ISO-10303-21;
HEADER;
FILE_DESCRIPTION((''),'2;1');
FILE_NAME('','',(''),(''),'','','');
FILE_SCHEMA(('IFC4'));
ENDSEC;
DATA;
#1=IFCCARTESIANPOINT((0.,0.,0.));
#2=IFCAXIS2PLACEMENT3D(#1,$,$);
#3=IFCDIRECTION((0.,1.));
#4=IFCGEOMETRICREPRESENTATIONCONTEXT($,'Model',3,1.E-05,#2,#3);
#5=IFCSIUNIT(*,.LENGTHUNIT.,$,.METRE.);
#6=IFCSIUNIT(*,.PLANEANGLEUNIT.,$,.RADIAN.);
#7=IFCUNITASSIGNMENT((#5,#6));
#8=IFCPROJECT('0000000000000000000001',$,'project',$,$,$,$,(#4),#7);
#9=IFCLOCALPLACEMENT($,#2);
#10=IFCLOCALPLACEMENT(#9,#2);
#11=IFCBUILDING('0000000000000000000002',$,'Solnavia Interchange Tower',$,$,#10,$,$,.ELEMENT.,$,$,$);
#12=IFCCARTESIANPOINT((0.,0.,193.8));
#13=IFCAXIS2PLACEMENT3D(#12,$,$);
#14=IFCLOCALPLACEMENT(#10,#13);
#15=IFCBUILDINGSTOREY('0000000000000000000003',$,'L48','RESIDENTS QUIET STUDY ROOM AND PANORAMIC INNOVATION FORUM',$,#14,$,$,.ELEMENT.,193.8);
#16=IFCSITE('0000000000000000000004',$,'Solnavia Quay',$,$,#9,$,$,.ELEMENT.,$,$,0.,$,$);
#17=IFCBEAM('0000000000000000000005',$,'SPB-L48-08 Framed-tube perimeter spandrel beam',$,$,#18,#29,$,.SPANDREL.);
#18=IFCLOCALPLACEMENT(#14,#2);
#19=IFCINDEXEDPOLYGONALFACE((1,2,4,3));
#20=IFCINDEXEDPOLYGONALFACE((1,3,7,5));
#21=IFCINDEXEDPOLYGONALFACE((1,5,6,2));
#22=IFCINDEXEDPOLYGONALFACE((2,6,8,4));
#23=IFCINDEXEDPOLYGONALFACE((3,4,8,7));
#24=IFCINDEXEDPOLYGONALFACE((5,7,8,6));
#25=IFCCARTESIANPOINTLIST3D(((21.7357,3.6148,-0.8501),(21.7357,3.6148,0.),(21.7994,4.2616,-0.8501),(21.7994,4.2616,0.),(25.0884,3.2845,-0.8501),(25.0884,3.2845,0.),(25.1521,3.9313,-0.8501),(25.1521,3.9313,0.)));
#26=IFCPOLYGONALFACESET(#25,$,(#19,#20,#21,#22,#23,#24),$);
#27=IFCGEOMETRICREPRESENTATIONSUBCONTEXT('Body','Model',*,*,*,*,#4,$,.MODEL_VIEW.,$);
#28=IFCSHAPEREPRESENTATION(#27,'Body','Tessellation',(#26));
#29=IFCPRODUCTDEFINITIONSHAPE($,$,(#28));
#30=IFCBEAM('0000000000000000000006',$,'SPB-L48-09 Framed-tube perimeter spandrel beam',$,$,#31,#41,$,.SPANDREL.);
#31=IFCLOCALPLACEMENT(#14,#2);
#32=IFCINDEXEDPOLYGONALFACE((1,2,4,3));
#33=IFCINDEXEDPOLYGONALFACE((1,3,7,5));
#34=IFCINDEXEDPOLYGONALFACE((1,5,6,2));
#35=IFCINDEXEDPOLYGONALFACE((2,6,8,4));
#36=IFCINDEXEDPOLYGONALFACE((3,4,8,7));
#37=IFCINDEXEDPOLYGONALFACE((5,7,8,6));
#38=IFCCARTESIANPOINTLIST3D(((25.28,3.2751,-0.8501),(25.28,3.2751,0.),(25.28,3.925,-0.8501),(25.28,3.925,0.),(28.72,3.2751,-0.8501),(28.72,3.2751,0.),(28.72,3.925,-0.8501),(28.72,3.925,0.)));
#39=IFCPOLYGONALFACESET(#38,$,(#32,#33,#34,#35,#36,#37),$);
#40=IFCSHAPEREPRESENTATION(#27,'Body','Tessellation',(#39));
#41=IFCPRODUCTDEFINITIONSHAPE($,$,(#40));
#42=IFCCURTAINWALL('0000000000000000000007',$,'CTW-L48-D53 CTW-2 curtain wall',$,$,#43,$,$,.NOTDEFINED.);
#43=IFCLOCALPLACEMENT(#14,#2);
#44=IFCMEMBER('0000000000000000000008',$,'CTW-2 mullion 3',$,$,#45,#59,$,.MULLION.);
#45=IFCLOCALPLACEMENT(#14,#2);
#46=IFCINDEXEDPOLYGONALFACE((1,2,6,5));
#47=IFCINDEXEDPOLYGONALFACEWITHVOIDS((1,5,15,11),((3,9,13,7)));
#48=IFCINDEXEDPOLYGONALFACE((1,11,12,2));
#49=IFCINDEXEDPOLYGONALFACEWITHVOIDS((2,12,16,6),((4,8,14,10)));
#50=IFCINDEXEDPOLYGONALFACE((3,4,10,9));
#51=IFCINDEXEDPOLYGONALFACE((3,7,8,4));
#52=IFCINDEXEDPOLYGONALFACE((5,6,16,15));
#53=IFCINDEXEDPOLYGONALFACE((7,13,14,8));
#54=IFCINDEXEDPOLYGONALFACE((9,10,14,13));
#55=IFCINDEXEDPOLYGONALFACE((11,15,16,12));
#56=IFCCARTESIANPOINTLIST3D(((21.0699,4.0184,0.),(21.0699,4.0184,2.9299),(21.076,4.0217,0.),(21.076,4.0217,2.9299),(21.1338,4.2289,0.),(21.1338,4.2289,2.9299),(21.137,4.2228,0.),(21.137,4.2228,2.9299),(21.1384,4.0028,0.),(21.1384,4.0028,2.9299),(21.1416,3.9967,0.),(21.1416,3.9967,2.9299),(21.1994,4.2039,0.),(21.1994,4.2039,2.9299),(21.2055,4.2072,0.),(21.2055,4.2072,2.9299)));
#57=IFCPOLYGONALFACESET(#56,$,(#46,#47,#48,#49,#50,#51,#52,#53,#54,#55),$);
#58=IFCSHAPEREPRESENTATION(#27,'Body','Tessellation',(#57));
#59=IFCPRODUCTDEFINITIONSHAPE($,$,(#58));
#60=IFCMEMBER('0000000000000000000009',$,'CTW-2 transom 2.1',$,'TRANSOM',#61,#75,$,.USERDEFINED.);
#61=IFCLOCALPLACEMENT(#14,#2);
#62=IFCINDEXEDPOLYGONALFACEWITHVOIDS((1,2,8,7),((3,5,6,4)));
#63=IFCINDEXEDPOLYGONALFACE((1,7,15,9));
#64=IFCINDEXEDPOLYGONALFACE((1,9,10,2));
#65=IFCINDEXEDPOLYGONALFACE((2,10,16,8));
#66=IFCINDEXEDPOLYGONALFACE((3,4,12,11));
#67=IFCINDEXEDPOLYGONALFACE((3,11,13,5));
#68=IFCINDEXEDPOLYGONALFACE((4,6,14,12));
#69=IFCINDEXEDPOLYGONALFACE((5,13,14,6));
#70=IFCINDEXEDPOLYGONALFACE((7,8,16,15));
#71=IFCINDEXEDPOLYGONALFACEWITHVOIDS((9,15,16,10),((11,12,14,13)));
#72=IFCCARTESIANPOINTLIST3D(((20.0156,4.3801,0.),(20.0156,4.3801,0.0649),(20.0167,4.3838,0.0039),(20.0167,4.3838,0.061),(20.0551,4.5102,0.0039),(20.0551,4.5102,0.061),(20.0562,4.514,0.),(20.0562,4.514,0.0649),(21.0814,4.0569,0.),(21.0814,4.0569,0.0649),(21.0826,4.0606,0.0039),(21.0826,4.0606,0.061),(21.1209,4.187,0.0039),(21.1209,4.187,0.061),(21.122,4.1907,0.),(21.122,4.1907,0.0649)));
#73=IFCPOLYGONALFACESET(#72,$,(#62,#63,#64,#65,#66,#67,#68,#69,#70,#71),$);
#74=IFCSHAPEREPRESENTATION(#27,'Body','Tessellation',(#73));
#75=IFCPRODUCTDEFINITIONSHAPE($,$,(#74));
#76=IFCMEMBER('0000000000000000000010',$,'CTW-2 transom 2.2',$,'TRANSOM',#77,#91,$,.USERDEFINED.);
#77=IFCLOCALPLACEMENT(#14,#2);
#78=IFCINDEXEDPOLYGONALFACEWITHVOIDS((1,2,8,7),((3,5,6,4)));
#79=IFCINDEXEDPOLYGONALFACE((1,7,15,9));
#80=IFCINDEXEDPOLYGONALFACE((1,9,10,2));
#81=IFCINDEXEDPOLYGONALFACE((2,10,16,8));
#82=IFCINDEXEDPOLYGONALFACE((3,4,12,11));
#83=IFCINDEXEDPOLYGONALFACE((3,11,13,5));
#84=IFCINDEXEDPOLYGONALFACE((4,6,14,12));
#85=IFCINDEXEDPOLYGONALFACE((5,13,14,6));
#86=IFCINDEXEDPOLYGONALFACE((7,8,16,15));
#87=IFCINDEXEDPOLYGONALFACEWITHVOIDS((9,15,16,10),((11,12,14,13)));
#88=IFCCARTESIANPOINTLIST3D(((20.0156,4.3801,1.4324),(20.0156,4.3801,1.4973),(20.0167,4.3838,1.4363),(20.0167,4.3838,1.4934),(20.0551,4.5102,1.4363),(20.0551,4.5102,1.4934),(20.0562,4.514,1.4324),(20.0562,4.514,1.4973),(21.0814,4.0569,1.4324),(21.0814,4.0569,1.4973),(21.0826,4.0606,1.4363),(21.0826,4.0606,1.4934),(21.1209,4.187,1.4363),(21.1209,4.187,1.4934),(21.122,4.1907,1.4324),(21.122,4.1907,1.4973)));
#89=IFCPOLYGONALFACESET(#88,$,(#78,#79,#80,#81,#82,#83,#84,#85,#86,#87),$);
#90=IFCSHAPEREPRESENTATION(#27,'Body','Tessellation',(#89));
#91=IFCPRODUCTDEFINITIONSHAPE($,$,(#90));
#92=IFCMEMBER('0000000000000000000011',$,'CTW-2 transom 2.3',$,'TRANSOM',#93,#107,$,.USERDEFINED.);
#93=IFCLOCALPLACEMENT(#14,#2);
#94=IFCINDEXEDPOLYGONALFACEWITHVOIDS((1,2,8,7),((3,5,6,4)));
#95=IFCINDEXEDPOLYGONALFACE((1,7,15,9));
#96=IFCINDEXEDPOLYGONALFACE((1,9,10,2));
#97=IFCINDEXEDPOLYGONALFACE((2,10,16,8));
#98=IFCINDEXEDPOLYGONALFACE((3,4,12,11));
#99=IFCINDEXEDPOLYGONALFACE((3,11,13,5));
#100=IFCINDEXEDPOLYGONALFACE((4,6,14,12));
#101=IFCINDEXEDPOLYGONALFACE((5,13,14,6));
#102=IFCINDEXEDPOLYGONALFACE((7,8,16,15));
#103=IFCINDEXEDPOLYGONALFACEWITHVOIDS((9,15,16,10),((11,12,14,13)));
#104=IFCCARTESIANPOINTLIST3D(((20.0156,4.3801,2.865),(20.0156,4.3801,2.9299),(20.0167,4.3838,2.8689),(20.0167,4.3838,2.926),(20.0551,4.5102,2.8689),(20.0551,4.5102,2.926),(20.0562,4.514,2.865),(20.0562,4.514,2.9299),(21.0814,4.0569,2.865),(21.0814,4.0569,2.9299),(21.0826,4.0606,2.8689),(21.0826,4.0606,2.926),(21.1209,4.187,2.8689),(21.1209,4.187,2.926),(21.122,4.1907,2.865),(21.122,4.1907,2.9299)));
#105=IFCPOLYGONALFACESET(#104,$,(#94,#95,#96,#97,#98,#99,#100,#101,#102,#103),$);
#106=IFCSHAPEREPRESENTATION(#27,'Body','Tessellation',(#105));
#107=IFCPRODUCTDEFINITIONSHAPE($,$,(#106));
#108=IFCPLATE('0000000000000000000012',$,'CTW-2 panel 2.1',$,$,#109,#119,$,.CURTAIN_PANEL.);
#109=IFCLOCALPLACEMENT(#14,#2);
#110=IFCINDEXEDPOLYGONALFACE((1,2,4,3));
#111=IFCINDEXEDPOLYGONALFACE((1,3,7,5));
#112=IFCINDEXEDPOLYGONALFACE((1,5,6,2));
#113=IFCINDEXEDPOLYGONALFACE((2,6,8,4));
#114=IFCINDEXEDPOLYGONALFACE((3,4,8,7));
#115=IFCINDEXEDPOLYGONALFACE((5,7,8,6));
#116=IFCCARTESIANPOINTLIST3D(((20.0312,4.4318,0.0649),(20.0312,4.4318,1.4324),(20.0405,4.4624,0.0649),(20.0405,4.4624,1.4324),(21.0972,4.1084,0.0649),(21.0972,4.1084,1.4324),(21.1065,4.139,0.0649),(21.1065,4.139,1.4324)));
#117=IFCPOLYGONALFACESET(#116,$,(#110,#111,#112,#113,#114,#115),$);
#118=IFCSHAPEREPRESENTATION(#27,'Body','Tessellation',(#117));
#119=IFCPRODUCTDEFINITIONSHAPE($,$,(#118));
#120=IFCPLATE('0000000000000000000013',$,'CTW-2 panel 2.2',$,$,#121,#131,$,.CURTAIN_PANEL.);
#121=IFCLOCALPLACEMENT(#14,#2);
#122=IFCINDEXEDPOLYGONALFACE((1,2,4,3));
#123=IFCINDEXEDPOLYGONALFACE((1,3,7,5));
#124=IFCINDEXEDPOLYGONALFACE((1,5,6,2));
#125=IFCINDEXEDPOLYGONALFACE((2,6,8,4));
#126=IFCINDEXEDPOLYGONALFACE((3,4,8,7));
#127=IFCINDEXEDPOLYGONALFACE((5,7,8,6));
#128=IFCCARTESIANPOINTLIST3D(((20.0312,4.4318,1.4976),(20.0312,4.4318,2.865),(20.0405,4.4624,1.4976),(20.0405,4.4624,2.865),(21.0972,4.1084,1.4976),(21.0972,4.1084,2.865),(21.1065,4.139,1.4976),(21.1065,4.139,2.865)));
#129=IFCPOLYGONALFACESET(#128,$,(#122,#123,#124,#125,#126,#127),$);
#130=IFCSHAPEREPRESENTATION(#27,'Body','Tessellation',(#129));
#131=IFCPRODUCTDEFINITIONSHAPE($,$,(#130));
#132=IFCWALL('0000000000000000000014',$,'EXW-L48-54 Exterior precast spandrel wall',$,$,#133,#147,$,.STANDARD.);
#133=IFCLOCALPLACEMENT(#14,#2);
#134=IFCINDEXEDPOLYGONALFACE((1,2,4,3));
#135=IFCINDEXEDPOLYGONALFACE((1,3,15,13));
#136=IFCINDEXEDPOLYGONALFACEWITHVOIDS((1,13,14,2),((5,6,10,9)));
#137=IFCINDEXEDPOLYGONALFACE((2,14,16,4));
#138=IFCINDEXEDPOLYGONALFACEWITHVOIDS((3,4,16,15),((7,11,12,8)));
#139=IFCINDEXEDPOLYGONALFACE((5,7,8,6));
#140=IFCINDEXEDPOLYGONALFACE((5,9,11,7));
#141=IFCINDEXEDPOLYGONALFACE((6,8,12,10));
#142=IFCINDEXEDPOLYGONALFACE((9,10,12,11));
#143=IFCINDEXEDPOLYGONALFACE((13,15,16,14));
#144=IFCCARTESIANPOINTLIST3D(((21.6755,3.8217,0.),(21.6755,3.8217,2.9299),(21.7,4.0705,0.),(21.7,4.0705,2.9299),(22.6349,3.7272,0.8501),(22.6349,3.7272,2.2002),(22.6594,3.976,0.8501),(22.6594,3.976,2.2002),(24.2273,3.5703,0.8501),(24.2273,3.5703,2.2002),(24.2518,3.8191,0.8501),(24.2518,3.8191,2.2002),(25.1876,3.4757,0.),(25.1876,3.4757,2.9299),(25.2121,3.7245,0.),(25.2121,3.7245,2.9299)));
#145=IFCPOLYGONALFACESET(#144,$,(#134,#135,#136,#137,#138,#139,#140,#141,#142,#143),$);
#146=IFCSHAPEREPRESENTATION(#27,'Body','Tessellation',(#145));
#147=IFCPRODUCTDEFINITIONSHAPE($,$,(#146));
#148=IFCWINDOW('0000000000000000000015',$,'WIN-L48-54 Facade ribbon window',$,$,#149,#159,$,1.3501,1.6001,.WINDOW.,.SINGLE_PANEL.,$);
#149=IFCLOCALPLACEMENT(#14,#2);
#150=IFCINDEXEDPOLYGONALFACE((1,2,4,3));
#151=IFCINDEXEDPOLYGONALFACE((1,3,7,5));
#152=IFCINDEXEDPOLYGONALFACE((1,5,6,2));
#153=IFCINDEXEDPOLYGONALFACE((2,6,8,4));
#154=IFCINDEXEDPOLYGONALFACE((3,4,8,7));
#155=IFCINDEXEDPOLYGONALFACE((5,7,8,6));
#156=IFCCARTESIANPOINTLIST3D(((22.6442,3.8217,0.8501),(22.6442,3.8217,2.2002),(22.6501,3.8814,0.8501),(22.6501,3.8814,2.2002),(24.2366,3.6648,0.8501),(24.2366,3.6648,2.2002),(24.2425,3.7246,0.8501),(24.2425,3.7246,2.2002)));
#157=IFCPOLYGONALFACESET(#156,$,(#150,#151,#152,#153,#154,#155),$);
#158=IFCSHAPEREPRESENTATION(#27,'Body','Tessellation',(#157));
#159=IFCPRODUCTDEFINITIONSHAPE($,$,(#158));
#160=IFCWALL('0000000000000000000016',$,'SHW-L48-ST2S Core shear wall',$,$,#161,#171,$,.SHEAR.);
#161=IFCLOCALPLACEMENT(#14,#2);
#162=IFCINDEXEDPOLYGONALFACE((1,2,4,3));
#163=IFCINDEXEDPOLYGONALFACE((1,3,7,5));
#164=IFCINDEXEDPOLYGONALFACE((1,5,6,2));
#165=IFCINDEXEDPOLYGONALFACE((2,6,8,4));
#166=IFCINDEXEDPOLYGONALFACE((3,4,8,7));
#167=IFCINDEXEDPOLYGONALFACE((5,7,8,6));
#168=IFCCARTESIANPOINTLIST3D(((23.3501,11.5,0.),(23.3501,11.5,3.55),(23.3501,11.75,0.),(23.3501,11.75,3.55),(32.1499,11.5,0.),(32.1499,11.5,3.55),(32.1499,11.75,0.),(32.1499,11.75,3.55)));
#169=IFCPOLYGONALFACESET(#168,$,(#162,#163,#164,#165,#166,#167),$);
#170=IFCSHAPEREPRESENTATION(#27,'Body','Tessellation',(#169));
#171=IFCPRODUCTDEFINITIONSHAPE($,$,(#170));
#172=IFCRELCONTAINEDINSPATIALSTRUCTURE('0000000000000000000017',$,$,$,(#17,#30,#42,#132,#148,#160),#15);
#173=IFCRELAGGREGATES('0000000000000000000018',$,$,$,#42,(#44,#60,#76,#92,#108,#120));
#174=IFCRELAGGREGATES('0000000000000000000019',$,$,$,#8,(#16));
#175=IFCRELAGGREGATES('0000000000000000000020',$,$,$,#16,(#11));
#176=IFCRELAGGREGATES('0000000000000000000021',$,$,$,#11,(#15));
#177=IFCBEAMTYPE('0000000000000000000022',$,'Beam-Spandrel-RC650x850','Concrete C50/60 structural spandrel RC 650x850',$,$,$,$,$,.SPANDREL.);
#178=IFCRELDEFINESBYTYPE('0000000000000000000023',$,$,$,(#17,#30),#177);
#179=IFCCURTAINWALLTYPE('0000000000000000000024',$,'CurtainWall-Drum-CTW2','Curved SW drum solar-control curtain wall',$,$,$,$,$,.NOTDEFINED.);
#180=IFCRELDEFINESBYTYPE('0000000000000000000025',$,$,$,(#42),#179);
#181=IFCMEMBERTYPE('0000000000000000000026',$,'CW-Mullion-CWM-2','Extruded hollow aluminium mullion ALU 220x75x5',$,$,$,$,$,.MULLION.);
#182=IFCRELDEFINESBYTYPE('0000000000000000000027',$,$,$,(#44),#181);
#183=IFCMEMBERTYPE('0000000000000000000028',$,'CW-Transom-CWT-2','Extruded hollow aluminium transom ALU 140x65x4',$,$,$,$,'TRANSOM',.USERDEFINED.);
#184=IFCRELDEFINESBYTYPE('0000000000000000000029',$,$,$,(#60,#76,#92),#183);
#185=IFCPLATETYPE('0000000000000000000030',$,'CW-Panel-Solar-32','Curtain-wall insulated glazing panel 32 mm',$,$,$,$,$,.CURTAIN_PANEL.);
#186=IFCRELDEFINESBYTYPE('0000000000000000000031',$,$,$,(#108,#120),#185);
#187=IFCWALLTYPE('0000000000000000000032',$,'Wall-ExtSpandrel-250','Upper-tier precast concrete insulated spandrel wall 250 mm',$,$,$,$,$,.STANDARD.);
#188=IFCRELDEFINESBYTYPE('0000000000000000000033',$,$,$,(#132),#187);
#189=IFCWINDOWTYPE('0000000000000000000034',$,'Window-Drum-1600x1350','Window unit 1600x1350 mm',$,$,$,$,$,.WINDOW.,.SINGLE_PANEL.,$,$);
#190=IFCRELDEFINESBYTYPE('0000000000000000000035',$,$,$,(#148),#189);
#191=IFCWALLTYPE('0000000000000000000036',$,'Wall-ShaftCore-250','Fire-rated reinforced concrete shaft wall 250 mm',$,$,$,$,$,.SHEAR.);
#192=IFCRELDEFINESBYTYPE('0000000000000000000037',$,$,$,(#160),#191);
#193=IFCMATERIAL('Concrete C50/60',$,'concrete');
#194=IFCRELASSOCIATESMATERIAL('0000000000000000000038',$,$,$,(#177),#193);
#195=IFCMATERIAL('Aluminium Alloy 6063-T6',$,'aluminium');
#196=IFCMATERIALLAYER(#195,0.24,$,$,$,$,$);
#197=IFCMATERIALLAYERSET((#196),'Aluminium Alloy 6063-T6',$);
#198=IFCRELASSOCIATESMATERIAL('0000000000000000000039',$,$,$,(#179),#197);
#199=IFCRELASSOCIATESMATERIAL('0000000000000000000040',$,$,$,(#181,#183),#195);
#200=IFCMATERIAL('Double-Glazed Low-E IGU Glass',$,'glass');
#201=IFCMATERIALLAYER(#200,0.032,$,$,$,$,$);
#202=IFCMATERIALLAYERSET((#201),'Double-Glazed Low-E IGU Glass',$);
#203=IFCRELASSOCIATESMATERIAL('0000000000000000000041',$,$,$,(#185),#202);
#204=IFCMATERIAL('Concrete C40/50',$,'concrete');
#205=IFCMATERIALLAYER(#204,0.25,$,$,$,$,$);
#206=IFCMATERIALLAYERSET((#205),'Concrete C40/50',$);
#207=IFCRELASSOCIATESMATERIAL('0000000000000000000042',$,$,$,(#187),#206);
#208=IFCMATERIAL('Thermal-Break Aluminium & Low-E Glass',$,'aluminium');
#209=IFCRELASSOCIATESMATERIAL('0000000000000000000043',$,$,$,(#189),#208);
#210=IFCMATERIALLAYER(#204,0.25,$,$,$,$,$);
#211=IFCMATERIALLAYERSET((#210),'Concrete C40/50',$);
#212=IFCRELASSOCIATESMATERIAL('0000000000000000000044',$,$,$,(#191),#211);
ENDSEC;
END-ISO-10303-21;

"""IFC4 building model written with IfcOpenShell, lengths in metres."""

from ifc_helpers import new_model, si_unit, direction, frame, frame_2d, origin, origin_2d, place, context, subcontext, project, spatial, rectangle, hollow_rectangle, extrude, material, layer, layer_set, material_profile, profile_set, type_object, element, fill, aggregate, save


model = new_model("IFC4")

# Units and contexts
model_context = context("Model", 3, precision=1e-05, world=origin(), true_north=direction((0.0, 1.0)))
body_context = subcontext(model_context, "Body", "Model", "MODEL_VIEW")
ifc_project = project(units=[si_unit("LENGTHUNIT", "METRE"), si_unit("PLANEANGLEUNIT", "RADIAN")], contexts=[model_context])

# Site, building, storey
site_placement = place(None, origin())
site = spatial("IfcSite", under=ifc_project, at=site_placement, Name="Solnavia Quay", CompositionType="ELEMENT", RefElevation=0.0)
building_placement = place(site_placement, origin())
building = spatial("IfcBuilding", under=site, at=building_placement, Name="Solnavia Interchange Tower", CompositionType="ELEMENT")
storey_placement = place(building_placement, frame((0.0, 0.0, 193.8)))
storey = spatial("IfcBuildingStorey", under=building, at=storey_placement, Name="L48", Description="RESIDENTS QUIET STUDY ROOM AND PANORAMIC INNOVATION FORUM", CompositionType="ELEMENT", Elevation=193.8)

# Shared definitions
ifc_material_1 = material(Name="Concrete C50/60", Category="concrete")

# Beams
ifc_material_profile_1 = material_profile(ifc_material_1, rectangle(XDim=0.6499, YDim=0.8501, at=origin_2d()), Name="RC 650x850")
ifc_profile_set_1 = profile_set([ifc_material_profile_1], Name="Concrete C50/60")
beam_type_1 = type_object("IfcBeamType", Name="Beam-Spandrel-RC650x850", Description="Concrete C50/60 structural spandrel RC 650x850", PredefinedType="SPANDREL", material=ifc_profile_set_1)
beam_1_placement = place(storey_placement, frame((21.7676, 3.9382, -0.425), z_axis=(0.995182, -0.098047, 0.0), x_axis=(0.098047, 0.995182, 0.0)))
element("IfcBeam", 1, at=beam_1_placement, inside=storey, type_object=beam_type_1, Name="SPB-L48-08 Framed-tube perimeter spandrel beam", PredefinedType="SPANDREL", context=body_context, shape_type="SweptSolid", body=[
    extrude(rectangle(XDim=0.6499, YDim=0.8501, at=origin_2d()), origin(), (0.0, 0.0, 1.0), 3.3689),
])
beam_2_placement = place(storey_placement, frame((25.28, 3.6001, -0.425), z_axis=(1.0, 0.0, 0.0), x_axis=(0.0, 1.0, 0.0)))
element("IfcBeam", 2, at=beam_2_placement, inside=storey, type_object=beam_type_1, Name="SPB-L48-09 Framed-tube perimeter spandrel beam", PredefinedType="SPANDREL", context=body_context, shape_type="SweptSolid", body=[
    extrude(rectangle(XDim=0.6499, YDim=0.8501, at=origin_2d()), origin(), (0.0, 0.0, 1.0), 3.4399),
])

# Curtain wall, members, plates
ifc_material_2 = material(Name="Aluminium Alloy 6063-T6", Category="aluminium")
ifc_layer_1 = layer(ifc_material_2, 0.24)
ifc_layer_set_1 = layer_set([ifc_layer_1], Name="Aluminium Alloy 6063-T6")
curtain_wall_type = type_object("IfcCurtainWallType", Name="CurtainWall-Drum-CTW2", Description="Curved SW drum solar-control curtain wall", PredefinedType="NOTDEFINED", material=ifc_layer_set_1)
curtain_wall_placement = place(storey_placement, origin())
curtain_wall = element("IfcCurtainWall", 3, at=curtain_wall_placement, inside=storey, type_object=curtain_wall_type, Name="CTW-L48-D53 CTW-2 curtain wall", PredefinedType="NOTDEFINED")
ifc_material_profile_2 = material_profile(ifc_material_2, hollow_rectangle(XDim=0.075, YDim=0.22, WallThickness=0.0049, at=origin_2d()), Name="ALU 220x75x5")
ifc_profile_set_2 = profile_set([ifc_material_profile_2], Name="Aluminium Alloy 6063-T6")
member_type_1 = type_object("IfcMemberType", Name="CW-Mullion-CWM-2", Description="Extruded hollow aluminium mullion ALU 220x75x5", PredefinedType="MULLION", material=ifc_profile_set_2)
member_1_placement = place(storey_placement, frame((21.1377, 4.1128, 0.0), z_axis=(0.0, 0.0, 1.0), x_axis=(0.956942, -0.290279, 0.0)))
member_1 = element("IfcMember", 4, at=member_1_placement, type_object=member_type_1, Name="CTW-2 mullion 3", PredefinedType="MULLION", context=body_context, shape_type="SweptSolid", body=[
    extrude(hollow_rectangle(XDim=0.075, YDim=0.22, WallThickness=0.0049, at=origin_2d()), origin(), (0.0, 0.0, 1.0), 2.9299),
])
ifc_material_profile_3 = material_profile(ifc_material_2, hollow_rectangle(XDim=0.0649, YDim=0.1399, WallThickness=0.0039, at=origin_2d()), Name="ALU 140x65x4")
ifc_profile_set_3 = profile_set([ifc_material_profile_3], Name="Aluminium Alloy 6063-T6")
member_type_2 = type_object("IfcMemberType", Name="CW-Transom-CWT-2", Description="Extruded hollow aluminium transom ALU 140x65x4", ElementType="TRANSOM", PredefinedType="USERDEFINED", material=ifc_profile_set_3)
member_2_placement = place(storey_placement, frame((20.0359, 4.447, 0.0325), z_axis=(0.956965, -0.290202, 0.0), x_axis=(0.0, 0.0, 1.0)))
member_2 = element("IfcMember", 5, at=member_2_placement, type_object=member_type_2, Name="CTW-2 transom 2.1", ObjectType="TRANSOM", PredefinedType="USERDEFINED", context=body_context, shape_type="SweptSolid", body=[
    extrude(hollow_rectangle(XDim=0.0649, YDim=0.1399, WallThickness=0.0039, at=origin_2d()), origin(), (0.0, 0.0, 1.0), 1.1138),
])
member_3_placement = place(storey_placement, frame((20.0359, 4.447, 1.4648), z_axis=(0.956965, -0.290202, 0.0), x_axis=(0.0, 0.0, 1.0)))
member_3 = element("IfcMember", 6, at=member_3_placement, type_object=member_type_2, Name="CTW-2 transom 2.2", ObjectType="TRANSOM", PredefinedType="USERDEFINED", context=body_context, shape_type="SweptSolid", body=[
    extrude(hollow_rectangle(XDim=0.0649, YDim=0.1399, WallThickness=0.0039, at=origin_2d()), origin(), (0.0, 0.0, 1.0), 1.1138),
])
member_4_placement = place(storey_placement, frame((20.0359, 4.447, 2.8975), z_axis=(0.956965, -0.290202, 0.0), x_axis=(0.0, 0.0, 1.0)))
member_4 = element("IfcMember", 7, at=member_4_placement, type_object=member_type_2, Name="CTW-2 transom 2.3", ObjectType="TRANSOM", PredefinedType="USERDEFINED", context=body_context, shape_type="SweptSolid", body=[
    extrude(hollow_rectangle(XDim=0.0649, YDim=0.1399, WallThickness=0.0039, at=origin_2d()), origin(), (0.0, 0.0, 1.0), 1.1138),
])
ifc_material_3 = material(Name="Double-Glazed Low-E IGU Glass", Category="glass")
ifc_layer_2 = layer(ifc_material_3, 0.032)
ifc_layer_set_2 = layer_set([ifc_layer_2], Name="Double-Glazed Low-E IGU Glass")
plate_type = type_object("IfcPlateType", Name="CW-Panel-Solar-32", Description="Curtain-wall insulated glazing panel 32 mm", PredefinedType="CURTAIN_PANEL", material=ifc_layer_set_2)
plate_1_placement = place(storey_placement, frame((20.5688, 4.2854, 0.0649), z_axis=(0.0, 0.0, 1.0), x_axis=(0.956942, -0.290279, 0.0)))
plate_1 = element("IfcPlate", 8, at=plate_1_placement, type_object=plate_type, Name="CTW-2 panel 2.1", PredefinedType="CURTAIN_PANEL", context=body_context, shape_type="SweptSolid", body=[
    extrude(rectangle(XDim=1.114, YDim=0.032, at=origin_2d()), origin(), (0.0, 0.0, 1.0), 1.3674),
])
plate_2_placement = place(storey_placement, frame((20.5688, 4.2854, 1.4976), z_axis=(0.0, 0.0, 1.0), x_axis=(0.956942, -0.290279, 0.0)))
plate_2 = element("IfcPlate", 9, at=plate_2_placement, type_object=plate_type, Name="CTW-2 panel 2.2", PredefinedType="CURTAIN_PANEL", context=body_context, shape_type="SweptSolid", body=[
    extrude(rectangle(XDim=1.114, YDim=0.032, at=origin_2d()), origin(), (0.0, 0.0, 1.0), 1.3674),
])
aggregate(curtain_wall, [member_1, member_2, member_3, member_4, plate_1, plate_2])

# Wall, opening, window
ifc_material_4 = material(Name="Concrete C40/50", Category="concrete")
ifc_layer_3 = layer(ifc_material_4, 0.25)
ifc_layer_set_3 = layer_set([ifc_layer_3], Name="Concrete C40/50")
wall_type_1 = type_object("IfcWallType", Name="Wall-ExtSpandrel-250", Description="Upper-tier precast concrete insulated spandrel wall 250 mm", PredefinedType="STANDARD", material=ifc_layer_set_3)
wall_1_placement = place(storey_placement, frame((25.2, 3.6001, 0.0), z_axis=(0.0, 0.0, 1.0), x_axis=(-0.995183, 0.098031, 0.0)))
wall_1 = element("IfcWall", 10, at=wall_1_placement, inside=storey, type_object=wall_type_1, Name="EXW-L48-54 Exterior precast spandrel wall", PredefinedType="STANDARD", context=body_context, shape_type="SweptSolid", body=[
    extrude(rectangle(XDim=3.5291, YDim=0.25, at=frame_2d((1.7646, 0.0))), origin(), (0.0, 0.0, 1.0), 2.9299),
])
opening_1_placement = place(wall_1_placement, frame((0.9651, 0.0, 0.8501)))
opening_1 = element("IfcOpeningElement", 11, at=opening_1_placement, cuts=wall_1, PredefinedType="OPENING", context=body_context, shape_type="SweptSolid", body=[
    extrude(rectangle(XDim=1.6001, YDim=1.3501, at=frame_2d((0.8, 0.675))), frame((0.0, 0.135, 0.0), z_axis=(0.0, -1.0, 0.0), x_axis=(1.0, 0.0, 0.0)), (0.0, 0.0, 1.0), 0.27),
])
ifc_material_5 = material(Name="Thermal-Break Aluminium & Low-E Glass", Category="aluminium")
window_type = type_object("IfcWindowType", Name="Window-Drum-1600x1350", Description="Window unit 1600x1350 mm", PartitioningType="SINGLE_PANEL", PredefinedType="WINDOW", material=ifc_material_5)
window_placement = place(opening_1_placement, origin())
window = element("IfcWindow", 12, at=window_placement, inside=storey, type_object=window_type, Name="WIN-L48-54 Facade ribbon window", OverallHeight=1.3501, OverallWidth=1.6001, PartitioningType="SINGLE_PANEL", PredefinedType="WINDOW", context=body_context, shape_type="SweptSolid", body=[
    extrude(rectangle(XDim=1.6001, YDim=1.3501, at=frame_2d((0.8, 0.675))), frame((0.0, 0.03, 0.0), z_axis=(0.0, -1.0, 0.0), x_axis=(1.0, 0.0, 0.0)), (0.0, 0.0, 1.0), 0.0601),
])
fill(opening_1, window)

# Wall
ifc_layer_4 = layer(ifc_material_4, 0.25)
ifc_layer_set_4 = layer_set([ifc_layer_4], Name="Concrete C40/50")
wall_type_2 = type_object("IfcWallType", Name="Wall-ShaftCore-250", Description="Fire-rated reinforced concrete shaft wall 250 mm", PredefinedType="SHEAR", material=ifc_layer_set_4)
wall_2_placement = place(storey_placement, frame((23.3501, 11.625, 0.0), z_axis=(0.0, 0.0, 1.0), x_axis=(1.0, 0.0, 0.0)))
element("IfcWall", 13, at=wall_2_placement, inside=storey, type_object=wall_type_2, Name="SHW-L48-ST2S Core shear wall", PredefinedType="SHEAR", context=body_context, shape_type="SweptSolid", body=[
    extrude(rectangle(XDim=8.7998, YDim=0.25, at=frame_2d((4.3999, 0.0))), origin(), (0.0, 0.0, 1.0), 3.55),
])

save(model, "model.ifc")
